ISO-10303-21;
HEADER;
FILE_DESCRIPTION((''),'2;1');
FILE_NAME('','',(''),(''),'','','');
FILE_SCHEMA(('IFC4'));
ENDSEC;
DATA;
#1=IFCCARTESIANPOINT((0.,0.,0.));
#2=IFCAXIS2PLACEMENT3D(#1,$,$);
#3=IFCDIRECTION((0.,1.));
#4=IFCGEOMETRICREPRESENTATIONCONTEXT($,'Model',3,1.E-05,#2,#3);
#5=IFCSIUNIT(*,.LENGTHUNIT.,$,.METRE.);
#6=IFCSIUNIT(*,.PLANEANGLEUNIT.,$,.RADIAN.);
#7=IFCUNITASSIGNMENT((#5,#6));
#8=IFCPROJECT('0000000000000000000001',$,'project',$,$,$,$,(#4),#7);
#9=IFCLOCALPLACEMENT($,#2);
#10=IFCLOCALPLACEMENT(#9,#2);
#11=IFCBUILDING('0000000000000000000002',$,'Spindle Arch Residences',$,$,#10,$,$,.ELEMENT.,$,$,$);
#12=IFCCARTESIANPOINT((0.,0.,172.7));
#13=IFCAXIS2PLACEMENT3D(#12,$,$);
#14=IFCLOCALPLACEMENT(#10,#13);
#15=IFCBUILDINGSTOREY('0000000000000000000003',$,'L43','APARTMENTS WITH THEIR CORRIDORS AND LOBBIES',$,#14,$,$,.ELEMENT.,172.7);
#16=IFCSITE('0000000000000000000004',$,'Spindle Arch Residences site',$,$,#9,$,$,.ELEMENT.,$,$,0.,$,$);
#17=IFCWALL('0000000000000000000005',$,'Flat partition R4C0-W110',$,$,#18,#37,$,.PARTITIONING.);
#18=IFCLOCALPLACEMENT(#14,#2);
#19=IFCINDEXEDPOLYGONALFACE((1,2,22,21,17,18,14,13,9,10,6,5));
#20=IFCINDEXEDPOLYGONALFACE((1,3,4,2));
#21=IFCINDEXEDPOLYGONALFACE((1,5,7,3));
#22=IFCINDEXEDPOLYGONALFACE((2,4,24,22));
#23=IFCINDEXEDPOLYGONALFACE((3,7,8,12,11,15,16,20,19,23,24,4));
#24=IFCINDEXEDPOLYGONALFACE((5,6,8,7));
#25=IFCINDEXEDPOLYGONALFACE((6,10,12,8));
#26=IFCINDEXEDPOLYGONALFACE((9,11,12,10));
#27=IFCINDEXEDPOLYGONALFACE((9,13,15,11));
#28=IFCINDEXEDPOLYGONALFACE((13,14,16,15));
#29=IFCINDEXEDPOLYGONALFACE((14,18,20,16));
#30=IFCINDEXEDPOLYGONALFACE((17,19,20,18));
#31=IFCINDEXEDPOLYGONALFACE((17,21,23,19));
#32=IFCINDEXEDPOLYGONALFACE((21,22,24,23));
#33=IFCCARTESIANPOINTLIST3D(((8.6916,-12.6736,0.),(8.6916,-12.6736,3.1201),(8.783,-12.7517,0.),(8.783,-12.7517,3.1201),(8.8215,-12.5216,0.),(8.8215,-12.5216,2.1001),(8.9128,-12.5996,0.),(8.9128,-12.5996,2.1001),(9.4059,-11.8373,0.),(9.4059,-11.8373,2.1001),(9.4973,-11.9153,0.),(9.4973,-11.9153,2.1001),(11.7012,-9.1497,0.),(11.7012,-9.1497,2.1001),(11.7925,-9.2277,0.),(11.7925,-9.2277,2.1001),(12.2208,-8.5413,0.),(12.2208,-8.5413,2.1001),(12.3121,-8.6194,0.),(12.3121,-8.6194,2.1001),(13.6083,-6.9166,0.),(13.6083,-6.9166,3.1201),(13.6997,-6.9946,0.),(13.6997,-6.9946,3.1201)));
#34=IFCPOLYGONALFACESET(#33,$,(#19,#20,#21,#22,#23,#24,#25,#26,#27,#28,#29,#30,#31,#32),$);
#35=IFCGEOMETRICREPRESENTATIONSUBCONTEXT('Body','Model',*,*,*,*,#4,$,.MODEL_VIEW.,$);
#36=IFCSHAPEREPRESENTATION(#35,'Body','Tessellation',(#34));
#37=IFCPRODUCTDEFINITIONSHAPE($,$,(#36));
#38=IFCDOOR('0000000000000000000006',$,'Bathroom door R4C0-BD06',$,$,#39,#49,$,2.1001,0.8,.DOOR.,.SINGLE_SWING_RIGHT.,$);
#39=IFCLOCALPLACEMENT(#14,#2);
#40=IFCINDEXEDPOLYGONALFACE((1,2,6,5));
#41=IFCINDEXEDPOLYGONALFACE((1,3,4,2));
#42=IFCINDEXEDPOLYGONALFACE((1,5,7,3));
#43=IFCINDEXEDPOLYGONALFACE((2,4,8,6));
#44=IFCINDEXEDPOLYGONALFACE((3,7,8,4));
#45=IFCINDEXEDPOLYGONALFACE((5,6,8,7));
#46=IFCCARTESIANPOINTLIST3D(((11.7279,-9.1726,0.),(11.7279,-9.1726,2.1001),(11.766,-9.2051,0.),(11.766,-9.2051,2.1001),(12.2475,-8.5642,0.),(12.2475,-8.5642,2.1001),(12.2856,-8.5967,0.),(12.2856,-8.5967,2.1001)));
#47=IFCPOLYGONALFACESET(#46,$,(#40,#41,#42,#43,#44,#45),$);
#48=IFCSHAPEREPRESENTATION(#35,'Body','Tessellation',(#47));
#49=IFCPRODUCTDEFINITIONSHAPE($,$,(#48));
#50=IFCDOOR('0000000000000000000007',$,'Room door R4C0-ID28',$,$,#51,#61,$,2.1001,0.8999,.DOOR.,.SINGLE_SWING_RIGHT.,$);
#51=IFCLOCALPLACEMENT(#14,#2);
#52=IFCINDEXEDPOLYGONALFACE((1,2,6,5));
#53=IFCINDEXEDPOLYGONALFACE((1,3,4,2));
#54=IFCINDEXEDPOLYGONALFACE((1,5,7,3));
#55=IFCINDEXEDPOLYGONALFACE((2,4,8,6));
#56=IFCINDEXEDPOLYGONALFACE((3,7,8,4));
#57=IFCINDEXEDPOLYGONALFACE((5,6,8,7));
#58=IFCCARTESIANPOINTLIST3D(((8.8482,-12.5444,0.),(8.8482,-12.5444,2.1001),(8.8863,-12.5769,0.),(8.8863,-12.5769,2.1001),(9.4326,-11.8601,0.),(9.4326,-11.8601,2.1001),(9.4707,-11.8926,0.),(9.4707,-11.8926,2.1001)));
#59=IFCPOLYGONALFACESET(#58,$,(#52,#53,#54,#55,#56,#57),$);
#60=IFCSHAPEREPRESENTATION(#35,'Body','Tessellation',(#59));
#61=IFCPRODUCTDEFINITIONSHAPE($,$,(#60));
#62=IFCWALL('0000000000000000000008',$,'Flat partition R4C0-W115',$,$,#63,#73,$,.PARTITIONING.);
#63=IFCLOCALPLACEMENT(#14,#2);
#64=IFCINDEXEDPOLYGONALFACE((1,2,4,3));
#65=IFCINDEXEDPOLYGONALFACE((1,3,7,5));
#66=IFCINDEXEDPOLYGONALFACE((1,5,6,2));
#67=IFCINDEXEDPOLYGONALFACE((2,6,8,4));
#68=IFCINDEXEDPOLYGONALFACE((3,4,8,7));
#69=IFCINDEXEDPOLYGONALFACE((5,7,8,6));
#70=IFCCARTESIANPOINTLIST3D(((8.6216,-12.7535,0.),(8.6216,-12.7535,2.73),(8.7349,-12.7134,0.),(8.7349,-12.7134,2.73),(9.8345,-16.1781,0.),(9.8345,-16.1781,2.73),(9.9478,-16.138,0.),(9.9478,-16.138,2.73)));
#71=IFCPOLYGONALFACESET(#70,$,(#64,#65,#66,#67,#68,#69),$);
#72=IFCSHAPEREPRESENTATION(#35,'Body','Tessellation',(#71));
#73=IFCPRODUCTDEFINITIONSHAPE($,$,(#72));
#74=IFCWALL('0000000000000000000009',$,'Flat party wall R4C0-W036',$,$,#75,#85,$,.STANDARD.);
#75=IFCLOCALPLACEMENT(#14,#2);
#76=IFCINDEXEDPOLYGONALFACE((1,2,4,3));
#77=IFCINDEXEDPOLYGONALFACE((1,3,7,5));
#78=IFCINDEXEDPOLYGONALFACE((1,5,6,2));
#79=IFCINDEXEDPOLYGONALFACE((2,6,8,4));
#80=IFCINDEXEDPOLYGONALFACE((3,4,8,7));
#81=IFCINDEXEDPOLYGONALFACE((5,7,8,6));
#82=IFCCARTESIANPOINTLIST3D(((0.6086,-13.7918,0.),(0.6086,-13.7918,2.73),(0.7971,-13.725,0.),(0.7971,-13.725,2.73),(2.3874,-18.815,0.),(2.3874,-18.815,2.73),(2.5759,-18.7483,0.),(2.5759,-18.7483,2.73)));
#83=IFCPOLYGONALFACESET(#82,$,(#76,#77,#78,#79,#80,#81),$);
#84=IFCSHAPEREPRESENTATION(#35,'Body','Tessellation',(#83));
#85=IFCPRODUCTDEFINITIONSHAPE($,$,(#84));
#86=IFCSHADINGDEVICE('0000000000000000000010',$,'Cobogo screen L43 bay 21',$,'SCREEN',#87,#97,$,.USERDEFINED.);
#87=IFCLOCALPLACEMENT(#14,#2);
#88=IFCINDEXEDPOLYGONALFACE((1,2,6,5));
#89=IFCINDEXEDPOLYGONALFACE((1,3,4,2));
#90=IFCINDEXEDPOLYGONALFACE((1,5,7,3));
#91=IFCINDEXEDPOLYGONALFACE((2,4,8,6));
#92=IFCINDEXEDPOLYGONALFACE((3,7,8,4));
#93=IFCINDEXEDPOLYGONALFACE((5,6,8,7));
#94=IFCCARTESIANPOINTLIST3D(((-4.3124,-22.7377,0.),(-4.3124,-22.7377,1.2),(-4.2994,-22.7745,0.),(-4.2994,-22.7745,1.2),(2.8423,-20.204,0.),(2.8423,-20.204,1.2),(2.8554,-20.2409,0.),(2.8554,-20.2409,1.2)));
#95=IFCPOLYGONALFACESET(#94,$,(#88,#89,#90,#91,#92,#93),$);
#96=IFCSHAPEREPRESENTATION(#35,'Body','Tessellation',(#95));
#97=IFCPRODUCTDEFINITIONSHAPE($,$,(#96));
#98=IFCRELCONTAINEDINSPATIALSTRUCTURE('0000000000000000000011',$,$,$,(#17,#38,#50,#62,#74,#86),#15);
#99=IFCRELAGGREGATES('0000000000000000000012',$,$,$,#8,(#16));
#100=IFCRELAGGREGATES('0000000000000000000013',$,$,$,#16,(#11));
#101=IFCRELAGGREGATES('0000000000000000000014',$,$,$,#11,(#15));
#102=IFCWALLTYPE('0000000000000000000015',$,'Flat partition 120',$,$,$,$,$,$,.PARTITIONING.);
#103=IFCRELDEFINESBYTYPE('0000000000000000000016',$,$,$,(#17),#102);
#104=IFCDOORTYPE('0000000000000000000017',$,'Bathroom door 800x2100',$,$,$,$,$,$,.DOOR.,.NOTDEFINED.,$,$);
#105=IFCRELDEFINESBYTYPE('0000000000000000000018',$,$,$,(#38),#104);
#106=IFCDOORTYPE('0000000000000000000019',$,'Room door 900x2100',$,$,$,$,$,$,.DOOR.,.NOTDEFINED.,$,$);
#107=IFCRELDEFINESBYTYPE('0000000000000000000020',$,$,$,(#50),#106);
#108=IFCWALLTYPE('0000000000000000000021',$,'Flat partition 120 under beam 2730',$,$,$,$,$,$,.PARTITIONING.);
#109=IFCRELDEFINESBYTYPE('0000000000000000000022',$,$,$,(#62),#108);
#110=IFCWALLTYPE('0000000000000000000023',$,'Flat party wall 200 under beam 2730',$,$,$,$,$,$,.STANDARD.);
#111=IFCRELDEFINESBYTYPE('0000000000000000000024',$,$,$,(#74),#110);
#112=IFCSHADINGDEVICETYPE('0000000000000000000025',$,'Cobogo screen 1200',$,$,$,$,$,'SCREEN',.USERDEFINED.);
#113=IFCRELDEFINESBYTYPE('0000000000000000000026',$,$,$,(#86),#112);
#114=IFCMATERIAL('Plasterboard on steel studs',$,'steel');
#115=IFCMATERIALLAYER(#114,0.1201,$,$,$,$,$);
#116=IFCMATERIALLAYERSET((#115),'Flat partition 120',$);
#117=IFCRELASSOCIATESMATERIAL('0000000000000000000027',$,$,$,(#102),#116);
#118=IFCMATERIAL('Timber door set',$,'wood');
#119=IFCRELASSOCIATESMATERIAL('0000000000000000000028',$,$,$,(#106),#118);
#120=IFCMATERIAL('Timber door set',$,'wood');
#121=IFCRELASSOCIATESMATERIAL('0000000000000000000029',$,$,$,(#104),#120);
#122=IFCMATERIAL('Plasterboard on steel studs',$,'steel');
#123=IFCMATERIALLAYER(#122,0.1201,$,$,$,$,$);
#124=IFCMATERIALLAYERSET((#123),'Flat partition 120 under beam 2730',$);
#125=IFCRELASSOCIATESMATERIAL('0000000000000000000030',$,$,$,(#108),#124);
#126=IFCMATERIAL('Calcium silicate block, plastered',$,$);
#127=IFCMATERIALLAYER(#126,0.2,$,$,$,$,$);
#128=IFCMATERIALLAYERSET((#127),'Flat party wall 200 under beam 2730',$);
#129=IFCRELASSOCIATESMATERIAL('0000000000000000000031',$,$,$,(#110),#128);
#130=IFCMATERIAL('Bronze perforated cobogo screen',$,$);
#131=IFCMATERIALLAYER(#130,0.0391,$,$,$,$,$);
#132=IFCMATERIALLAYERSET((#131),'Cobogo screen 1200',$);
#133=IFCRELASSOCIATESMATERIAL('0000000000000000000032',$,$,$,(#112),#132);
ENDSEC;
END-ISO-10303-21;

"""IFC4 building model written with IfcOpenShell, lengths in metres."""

from ifc_helpers import new_model, si_unit, direction, frame, frame_2d, origin, origin_2d, place, context, subcontext, project, spatial, rectangle, extrude, material, layer, layer_set, type_object, element, fill, save


model = new_model("IFC4")

# Units and contexts
model_context = context("Model", 3, precision=1e-05, world=origin(), true_north=direction((0.0, 1.0)))
body_context = subcontext(model_context, "Body", "Model", "MODEL_VIEW")
ifc_project = project(units=[si_unit("LENGTHUNIT", "METRE"), si_unit("PLANEANGLEUNIT", "RADIAN")], contexts=[model_context])

# Site, building, storey
site_placement = place(None, origin())
site = spatial("IfcSite", under=ifc_project, at=site_placement, Name="Spindle Arch Residences site", CompositionType="ELEMENT", RefElevation=0.0)
building_placement = place(site_placement, origin())
building = spatial("IfcBuilding", under=site, at=building_placement, Name="Spindle Arch Residences", CompositionType="ELEMENT")
storey_placement = place(building_placement, frame((0.0, 0.0, 172.7)))
storey = spatial("IfcBuildingStorey", under=building, at=storey_placement, Name="L43", Description="APARTMENTS WITH THEIR CORRIDORS AND LOBBIES", CompositionType="ELEMENT", Elevation=172.7)

# Shared definitions
ifc_material_1 = material(Name="Plasterboard on steel studs", Category="steel")
ifc_layer_1 = layer(ifc_material_1, 0.1201)
ifc_layer_set_1 = layer_set([ifc_layer_1], Name="Flat partition 120")
wall_type_1 = type_object("IfcWallType", Name="Flat partition 120", PredefinedType="PARTITIONING", material=ifc_layer_set_1)
ifc_material_2 = material(Name="Timber door set", Category="wood")
door_type_1 = type_object("IfcDoorType", Name="Room door 900x2100", OperationType="NOTDEFINED", PredefinedType="DOOR", material=ifc_material_2)

# Wall, openings, doors
wall_1_placement = place(storey_placement, frame((8.7373, -12.7126, 0.0), z_axis=(0.0, 0.0, 1.0), x_axis=(0.649428, 0.760423, 0.0)))
wall_1 = element("IfcWall", 1, at=wall_1_placement, inside=storey, type_object=wall_type_1, Name="Flat partition R4C0-W110", PredefinedType="PARTITIONING", context=body_context, shape_type="SweptSolid", body=[
    extrude(rectangle(XDim=7.5708, YDim=0.1201, at=frame_2d((3.7854, 0.0))), origin(), (0.0, 0.0, 1.0), 3.1201),
])
opening_1_placement = place(wall_1_placement, frame((0.2, 0.0, 0.0)))
opening_1 = element("IfcOpeningElement", 2, at=opening_1_placement, cuts=wall_1, PredefinedType="OPENING", context=body_context, shape_type="SweptSolid", body=[
    extrude(rectangle(XDim=0.8999, YDim=2.1001, at=frame_2d((0.45, 1.05))), frame((0.0, 0.0701, 0.0), z_axis=(0.0, -1.0, 0.0), x_axis=(1.0, 0.0, 0.0)), (0.0, 0.0, 1.0), 0.1401),
])
opening_2_placement = place(wall_1_placement, frame((4.6343, 0.0, 0.0)))
opening_2 = element("IfcOpeningElement", 3, at=opening_2_placement, cuts=wall_1, PredefinedType="OPENING", context=body_context, shape_type="SweptSolid", body=[
    extrude(rectangle(XDim=0.8, YDim=2.1001, at=frame_2d((0.3999, 1.05))), frame((0.0, 0.0701, 0.0), z_axis=(0.0, -1.0, 0.0), x_axis=(1.0, 0.0, 0.0)), (0.0, 0.0, 1.0), 0.1401),
])
ifc_material_3 = material(Name="Timber door set", Category="wood")
door_type_2 = type_object("IfcDoorType", Name="Bathroom door 800x2100", OperationType="NOTDEFINED", PredefinedType="DOOR", material=ifc_material_3)
door_1_placement = place(opening_2_placement, origin())
door_1 = element("IfcDoor", 4, at=door_1_placement, inside=storey, type_object=door_type_2, Name="Bathroom door R4C0-BD06", OperationType="SINGLE_SWING_RIGHT", OverallHeight=2.1001, OverallWidth=0.8, PredefinedType="DOOR", context=body_context, shape_type="SweptSolid", body=[
    extrude(rectangle(XDim=0.8, YDim=2.1001, at=frame_2d((0.3999, 1.05))), frame((0.0, 0.0249, 0.0), z_axis=(0.0, -1.0, 0.0), x_axis=(1.0, 0.0, 0.0)), (0.0, 0.0, 1.0), 0.05),
])
fill(opening_2, door_1)
door_2_placement = place(opening_1_placement, origin())
door_2 = element("IfcDoor", 5, at=door_2_placement, inside=storey, type_object=door_type_1, Name="Room door R4C0-ID28", OperationType="SINGLE_SWING_RIGHT", OverallHeight=2.1001, OverallWidth=0.8999, PredefinedType="DOOR", context=body_context, shape_type="SweptSolid", body=[
    extrude(rectangle(XDim=0.8999, YDim=2.1001, at=frame_2d((0.45, 1.05))), frame((0.0, 0.0249, 0.0), z_axis=(0.0, -1.0, 0.0), x_axis=(1.0, 0.0, 0.0)), (0.0, 0.0, 1.0), 0.05),
])
fill(opening_1, door_2)

# Walls
ifc_material_4 = material(Name="Plasterboard on steel studs", Category="steel")
ifc_layer_2 = layer(ifc_material_4, 0.1201)
ifc_layer_set_2 = layer_set([ifc_layer_2], Name="Flat partition 120 under beam 2730")
wall_type_2 = type_object("IfcWallType", Name="Flat partition 120 under beam 2730", PredefinedType="PARTITIONING", material=ifc_layer_set_2)
wall_2_placement = place(storey_placement, frame((9.8911, -16.158, 0.0), z_axis=(0.0, 0.0, 1.0), x_axis=(-0.333853, 0.942625, 0.0)))
element("IfcWall", 6, at=wall_2_placement, inside=storey, type_object=wall_type_2, Name="Flat partition R4C0-W115", PredefinedType="PARTITIONING", context=body_context, shape_type="SweptSolid", body=[
    extrude(rectangle(XDim=3.6331, YDim=0.1201, at=frame_2d((1.8164, 0.0))), origin(), (0.0, 0.0, 1.0), 2.73),
])
ifc_material_5 = material(Name="Calcium silicate block, plastered")
ifc_layer_3 = layer(ifc_material_5, 0.2)
ifc_layer_set_3 = layer_set([ifc_layer_3], Name="Flat party wall 200 under beam 2730")
wall_type_3 = type_object("IfcWallType", Name="Flat party wall 200 under beam 2730", PredefinedType="STANDARD", material=ifc_layer_set_3)
wall_3_placement = place(storey_placement, frame((2.4817, -18.7817, 0.0), z_axis=(0.0, 0.0, 1.0), x_axis=(-0.333807, 0.942641, 0.0)))
element("IfcWall", 7, at=wall_3_placement, inside=storey, type_object=wall_type_3, Name="Flat party wall R4C0-W036", PredefinedType="STANDARD", context=body_context, shape_type="SweptSolid", body=[
    extrude(rectangle(XDim=5.3289, YDim=0.2, at=frame_2d((2.6646, 0.0))), origin(), (0.0, 0.0, 1.0), 2.73),
])

# Shading device
ifc_material_6 = material(Name="Bronze perforated cobogo screen")
ifc_layer_4 = layer(ifc_material_6, 0.0391)
ifc_layer_set_4 = layer_set([ifc_layer_4], Name="Cobogo screen 1200")
shading_device_type = type_object("IfcShadingDeviceType", Name="Cobogo screen 1200", ElementType="SCREEN", PredefinedType="USERDEFINED", material=ifc_layer_set_4)
shading_device_placement = place(storey_placement, frame((-0.7285, -21.4893, 0.0), z_axis=(0.0, 0.0, 1.0), x_axis=(0.942641, 0.333807, 0.0)))
element("IfcShadingDevice", 8, at=shading_device_placement, inside=storey, type_object=shading_device_type, Name="Cobogo screen L43 bay 21", ObjectType="SCREEN", PredefinedType="USERDEFINED", context=body_context, shape_type="SweptSolid", body=[
    extrude(rectangle(XDim=7.5901, YDim=0.0391, at=origin_2d()), origin(), (0.0, 0.0, 1.0), 1.2),
])

save(model, "model.ifc")
